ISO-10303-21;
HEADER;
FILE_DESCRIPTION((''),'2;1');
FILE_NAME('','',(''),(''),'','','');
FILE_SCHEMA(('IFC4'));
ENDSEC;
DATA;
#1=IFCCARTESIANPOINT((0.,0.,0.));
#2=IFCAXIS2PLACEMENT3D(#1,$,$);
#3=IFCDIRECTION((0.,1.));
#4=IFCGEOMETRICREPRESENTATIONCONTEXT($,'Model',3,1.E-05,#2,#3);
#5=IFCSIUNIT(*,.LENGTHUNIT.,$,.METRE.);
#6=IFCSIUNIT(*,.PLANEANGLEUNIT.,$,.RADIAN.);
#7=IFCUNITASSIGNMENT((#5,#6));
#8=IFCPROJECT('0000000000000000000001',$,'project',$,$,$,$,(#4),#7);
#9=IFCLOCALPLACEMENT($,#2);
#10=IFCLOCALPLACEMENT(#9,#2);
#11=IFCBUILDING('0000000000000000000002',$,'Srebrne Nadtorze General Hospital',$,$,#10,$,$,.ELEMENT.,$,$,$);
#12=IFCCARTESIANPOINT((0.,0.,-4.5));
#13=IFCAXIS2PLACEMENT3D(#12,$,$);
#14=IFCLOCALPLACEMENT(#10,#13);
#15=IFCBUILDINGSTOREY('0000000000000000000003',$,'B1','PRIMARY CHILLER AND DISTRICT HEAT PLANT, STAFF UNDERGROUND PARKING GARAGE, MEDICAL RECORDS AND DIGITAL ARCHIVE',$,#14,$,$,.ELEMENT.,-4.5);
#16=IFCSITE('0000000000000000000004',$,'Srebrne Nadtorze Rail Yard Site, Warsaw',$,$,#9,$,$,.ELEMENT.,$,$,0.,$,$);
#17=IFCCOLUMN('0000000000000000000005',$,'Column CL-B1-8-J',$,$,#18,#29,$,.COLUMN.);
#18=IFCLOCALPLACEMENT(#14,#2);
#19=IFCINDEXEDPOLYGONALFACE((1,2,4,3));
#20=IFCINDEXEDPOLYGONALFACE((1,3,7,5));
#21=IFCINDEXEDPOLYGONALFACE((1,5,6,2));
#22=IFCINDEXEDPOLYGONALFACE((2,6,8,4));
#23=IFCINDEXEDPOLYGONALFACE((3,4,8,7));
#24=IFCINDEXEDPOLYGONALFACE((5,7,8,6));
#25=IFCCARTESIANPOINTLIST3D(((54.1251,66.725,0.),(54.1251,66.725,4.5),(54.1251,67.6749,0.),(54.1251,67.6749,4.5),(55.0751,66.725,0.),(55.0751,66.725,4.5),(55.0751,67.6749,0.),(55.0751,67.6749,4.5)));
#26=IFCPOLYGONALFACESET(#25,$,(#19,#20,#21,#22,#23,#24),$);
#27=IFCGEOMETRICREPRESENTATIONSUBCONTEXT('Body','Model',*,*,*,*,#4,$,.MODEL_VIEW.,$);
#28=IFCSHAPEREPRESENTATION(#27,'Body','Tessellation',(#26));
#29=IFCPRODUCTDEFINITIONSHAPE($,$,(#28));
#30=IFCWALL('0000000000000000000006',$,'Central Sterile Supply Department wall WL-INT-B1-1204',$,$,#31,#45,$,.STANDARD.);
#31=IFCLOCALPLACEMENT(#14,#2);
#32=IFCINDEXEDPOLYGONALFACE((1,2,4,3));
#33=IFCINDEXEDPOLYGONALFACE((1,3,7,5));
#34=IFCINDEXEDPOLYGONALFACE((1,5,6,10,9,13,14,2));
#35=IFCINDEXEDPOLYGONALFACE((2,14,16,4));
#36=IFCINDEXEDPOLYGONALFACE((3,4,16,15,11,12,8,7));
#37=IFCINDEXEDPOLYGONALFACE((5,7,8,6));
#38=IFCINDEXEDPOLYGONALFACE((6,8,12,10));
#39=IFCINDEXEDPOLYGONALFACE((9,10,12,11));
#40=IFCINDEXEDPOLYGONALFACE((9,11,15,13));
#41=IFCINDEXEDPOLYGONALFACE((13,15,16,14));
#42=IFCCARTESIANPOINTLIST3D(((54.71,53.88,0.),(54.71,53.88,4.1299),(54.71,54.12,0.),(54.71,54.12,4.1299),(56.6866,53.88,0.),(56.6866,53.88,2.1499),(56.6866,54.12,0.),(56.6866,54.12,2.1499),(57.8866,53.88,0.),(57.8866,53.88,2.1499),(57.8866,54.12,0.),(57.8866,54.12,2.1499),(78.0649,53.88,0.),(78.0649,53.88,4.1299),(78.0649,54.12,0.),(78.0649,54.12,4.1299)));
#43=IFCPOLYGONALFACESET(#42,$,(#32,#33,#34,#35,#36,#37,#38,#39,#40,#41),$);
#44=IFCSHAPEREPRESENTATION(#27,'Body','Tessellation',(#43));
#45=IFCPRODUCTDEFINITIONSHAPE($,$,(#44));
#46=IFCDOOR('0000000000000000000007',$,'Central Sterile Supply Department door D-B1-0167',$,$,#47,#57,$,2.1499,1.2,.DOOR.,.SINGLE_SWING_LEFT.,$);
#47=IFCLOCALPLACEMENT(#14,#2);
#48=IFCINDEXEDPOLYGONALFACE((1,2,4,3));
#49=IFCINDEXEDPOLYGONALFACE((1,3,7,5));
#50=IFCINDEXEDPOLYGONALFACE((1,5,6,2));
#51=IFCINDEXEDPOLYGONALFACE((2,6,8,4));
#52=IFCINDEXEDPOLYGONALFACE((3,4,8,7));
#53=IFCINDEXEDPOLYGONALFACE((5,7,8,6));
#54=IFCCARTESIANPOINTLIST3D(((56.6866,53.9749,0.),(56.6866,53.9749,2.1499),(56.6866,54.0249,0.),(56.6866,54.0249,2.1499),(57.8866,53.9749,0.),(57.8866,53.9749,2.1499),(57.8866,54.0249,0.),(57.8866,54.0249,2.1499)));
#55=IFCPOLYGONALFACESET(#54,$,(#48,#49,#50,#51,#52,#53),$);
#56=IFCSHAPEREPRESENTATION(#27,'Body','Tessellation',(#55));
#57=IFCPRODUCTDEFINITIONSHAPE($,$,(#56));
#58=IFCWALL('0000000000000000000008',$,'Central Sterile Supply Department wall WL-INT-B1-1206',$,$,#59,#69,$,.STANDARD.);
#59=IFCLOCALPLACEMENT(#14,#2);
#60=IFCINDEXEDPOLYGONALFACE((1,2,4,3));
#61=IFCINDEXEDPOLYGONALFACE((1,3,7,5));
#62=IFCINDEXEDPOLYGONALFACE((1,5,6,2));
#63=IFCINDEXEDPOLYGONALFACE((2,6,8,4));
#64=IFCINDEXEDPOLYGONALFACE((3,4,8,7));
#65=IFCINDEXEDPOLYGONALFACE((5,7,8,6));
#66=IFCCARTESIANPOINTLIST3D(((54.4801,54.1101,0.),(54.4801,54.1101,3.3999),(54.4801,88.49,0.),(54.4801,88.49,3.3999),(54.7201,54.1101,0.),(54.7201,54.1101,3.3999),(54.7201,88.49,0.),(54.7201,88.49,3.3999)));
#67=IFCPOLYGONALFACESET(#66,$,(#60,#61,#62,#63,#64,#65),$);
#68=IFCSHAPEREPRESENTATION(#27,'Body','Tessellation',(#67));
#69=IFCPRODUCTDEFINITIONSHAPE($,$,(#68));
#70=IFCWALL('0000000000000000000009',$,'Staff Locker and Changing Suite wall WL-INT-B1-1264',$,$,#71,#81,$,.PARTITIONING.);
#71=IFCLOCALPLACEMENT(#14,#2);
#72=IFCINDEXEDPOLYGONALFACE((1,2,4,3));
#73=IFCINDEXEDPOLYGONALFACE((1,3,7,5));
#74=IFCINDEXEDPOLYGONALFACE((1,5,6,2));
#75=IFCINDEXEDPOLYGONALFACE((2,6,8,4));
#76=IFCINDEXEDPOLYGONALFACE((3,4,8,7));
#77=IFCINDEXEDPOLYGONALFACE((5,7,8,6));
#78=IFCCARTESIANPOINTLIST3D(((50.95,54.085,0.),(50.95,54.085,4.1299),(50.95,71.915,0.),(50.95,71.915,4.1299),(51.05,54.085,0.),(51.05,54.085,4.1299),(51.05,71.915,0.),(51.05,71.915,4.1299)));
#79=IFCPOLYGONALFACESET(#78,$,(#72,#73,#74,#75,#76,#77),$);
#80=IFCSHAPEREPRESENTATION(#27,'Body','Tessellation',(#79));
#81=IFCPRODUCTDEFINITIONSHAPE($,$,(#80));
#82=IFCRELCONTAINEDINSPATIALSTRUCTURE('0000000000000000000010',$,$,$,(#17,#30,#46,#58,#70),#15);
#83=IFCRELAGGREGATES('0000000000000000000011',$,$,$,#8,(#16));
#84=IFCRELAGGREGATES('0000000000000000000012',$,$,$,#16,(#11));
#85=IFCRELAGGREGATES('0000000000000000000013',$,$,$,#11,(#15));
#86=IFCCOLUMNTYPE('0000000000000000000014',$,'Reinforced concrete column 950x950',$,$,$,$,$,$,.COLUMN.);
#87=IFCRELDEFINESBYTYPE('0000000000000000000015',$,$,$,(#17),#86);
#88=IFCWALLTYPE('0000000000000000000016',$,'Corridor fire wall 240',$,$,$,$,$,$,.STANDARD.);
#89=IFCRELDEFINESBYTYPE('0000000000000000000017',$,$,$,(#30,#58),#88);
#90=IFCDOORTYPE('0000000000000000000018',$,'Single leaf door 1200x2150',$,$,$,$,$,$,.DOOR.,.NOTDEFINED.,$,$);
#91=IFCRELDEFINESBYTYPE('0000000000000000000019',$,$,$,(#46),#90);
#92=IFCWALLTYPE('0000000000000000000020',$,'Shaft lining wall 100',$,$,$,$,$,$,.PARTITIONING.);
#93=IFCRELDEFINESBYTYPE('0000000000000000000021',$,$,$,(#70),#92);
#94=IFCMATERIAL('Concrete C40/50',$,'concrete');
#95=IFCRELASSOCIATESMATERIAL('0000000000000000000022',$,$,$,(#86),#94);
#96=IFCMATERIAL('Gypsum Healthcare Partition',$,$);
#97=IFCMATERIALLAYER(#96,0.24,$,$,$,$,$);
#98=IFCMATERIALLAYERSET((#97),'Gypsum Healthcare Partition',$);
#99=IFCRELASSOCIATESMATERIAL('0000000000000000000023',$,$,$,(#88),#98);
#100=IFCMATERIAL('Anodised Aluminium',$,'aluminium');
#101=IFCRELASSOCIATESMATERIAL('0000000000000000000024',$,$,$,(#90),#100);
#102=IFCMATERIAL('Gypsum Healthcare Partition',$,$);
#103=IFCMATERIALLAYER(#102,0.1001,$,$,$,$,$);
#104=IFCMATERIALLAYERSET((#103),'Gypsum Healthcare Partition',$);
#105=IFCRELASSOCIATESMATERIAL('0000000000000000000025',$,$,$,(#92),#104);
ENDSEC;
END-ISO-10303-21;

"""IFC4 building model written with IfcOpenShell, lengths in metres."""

from ifc_helpers import new_model, si_unit, direction, frame, frame_2d, origin, origin_2d, place, context, subcontext, project, spatial, rectangle, extrude, material, layer, layer_set, material_profile, profile_set, type_object, element, fill, save


model = new_model("IFC4")

# Units and contexts
model_context = context("Model", 3, precision=1e-05, world=origin(), true_north=direction((0.0, 1.0)))
body_context = subcontext(model_context, "Body", "Model", "MODEL_VIEW")
ifc_project = project(units=[si_unit("LENGTHUNIT", "METRE"), si_unit("PLANEANGLEUNIT", "RADIAN")], contexts=[model_context])

# Site, building, storey
site_placement = place(None, origin())
site = spatial("IfcSite", under=ifc_project, at=site_placement, Name="Srebrne Nadtorze Rail Yard Site, Warsaw", CompositionType="ELEMENT", RefElevation=0.0)
building_placement = place(site_placement, origin())
building = spatial("IfcBuilding", under=site, at=building_placement, Name="Srebrne Nadtorze General Hospital", CompositionType="ELEMENT")
storey_placement = place(building_placement, frame((0.0, 0.0, -4.5)))
storey = spatial("IfcBuildingStorey", under=building, at=storey_placement, Name="B1", Description="PRIMARY CHILLER AND DISTRICT HEAT PLANT, STAFF UNDERGROUND PARKING GARAGE, MEDICAL RECORDS AND DIGITAL ARCHIVE", CompositionType="ELEMENT", Elevation=-4.5)

# Column
ifc_material_1 = material(Name="Concrete C40/50", Category="concrete")
ifc_material_profile_1 = material_profile(ifc_material_1, rectangle(XDim=0.95, YDim=0.95, at=origin_2d()), Name="RC-COL-950x950")
ifc_profile_set_1 = profile_set([ifc_material_profile_1], Name="Concrete C40/50")
column_type = type_object("IfcColumnType", Name="Reinforced concrete column 950x950", PredefinedType="COLUMN", material=ifc_profile_set_1)
for number, where, z_axis, x_axis, name in (
    (1, (54.6001, 67.2, 0.0), (0.0, 0.0, 1.0), (1.0, 0.0, 0.0), "Column CL-B1-8-J"),
):
    element("IfcColumn", number, at=place(storey_placement, frame(where, z_axis=z_axis, x_axis=x_axis)), inside=storey, type_object=column_type, Name=name, PredefinedType="COLUMN", context=body_context, shape_type="SweptSolid", body=[
        extrude(rectangle(XDim=0.95, YDim=0.95, at=origin_2d()), origin(), (0.0, 0.0, 1.0), 4.5),
    ])

# Wall, opening, door
ifc_material_2 = material(Name="Gypsum Healthcare Partition")
ifc_layer_1 = layer(ifc_material_2, 0.24)
ifc_layer_set_1 = layer_set([ifc_layer_1], Name="Gypsum Healthcare Partition")
wall_type_1 = type_object("IfcWallType", Name="Corridor fire wall 240", PredefinedType="STANDARD", material=ifc_layer_set_1)
wall_1_placement = place(storey_placement, frame((54.71, 54.0, 0.0), z_axis=(0.0, 0.0, 1.0), x_axis=(1.0, 0.0, 0.0)))
wall_1 = element("IfcWall", 2, at=wall_1_placement, inside=storey, type_object=wall_type_1, Name="Central Sterile Supply Department wall WL-INT-B1-1204", PredefinedType="STANDARD", context=body_context, shape_type="SweptSolid", body=[
    extrude(rectangle(XDim=23.355, YDim=0.24, at=frame_2d((11.6775, 0.0))), origin(), (0.0, 0.0, 1.0), 4.1299),
])
opening_placement = place(wall_1_placement, frame((1.9766, 0.0, 0.0)))
opening = element("IfcOpeningElement", 3, at=opening_placement, cuts=wall_1, PredefinedType="OPENING", context=body_context, shape_type="SweptSolid", body=[
    extrude(rectangle(XDim=1.2, YDim=2.1499, at=frame_2d((0.6001, 1.075))), frame((0.0, 0.1318, 0.0), z_axis=(0.0, -1.0, 0.0), x_axis=(1.0, 0.0, 0.0)), (0.0, 0.0, 1.0), 0.2639),
])
ifc_material_3 = material(Name="Anodised Aluminium", Category="aluminium")
door_type = type_object("IfcDoorType", Name="Single leaf door 1200x2150", OperationType="NOTDEFINED", PredefinedType="DOOR", material=ifc_material_3)
door_placement = place(opening_placement, origin())
door = element("IfcDoor", 4, at=door_placement, inside=storey, type_object=door_type, Name="Central Sterile Supply Department door D-B1-0167", OperationType="SINGLE_SWING_LEFT", OverallHeight=2.1499, OverallWidth=1.2, PredefinedType="DOOR", context=body_context, shape_type="SweptSolid", body=[
    extrude(rectangle(XDim=1.2, YDim=2.1499, at=frame_2d((0.6001, 1.075))), frame((0.0, 0.0249, 0.0), z_axis=(0.0, -1.0, 0.0), x_axis=(1.0, 0.0, 0.0)), (0.0, 0.0, 1.0), 0.05),
])
fill(opening, door)

# Walls
wall_2_placement = place(storey_placement, frame((54.6001, 54.1101, 0.0), z_axis=(0.0, 0.0, 1.0), x_axis=(0.0, 1.0, 0.0)))
element("IfcWall", 5, at=wall_2_placement, inside=storey, type_object=wall_type_1, Name="Central Sterile Supply Department wall WL-INT-B1-1206", PredefinedType="STANDARD", context=body_context, shape_type="SweptSolid", body=[
    extrude(rectangle(XDim=34.3799, YDim=0.24, at=frame_2d((17.1899, 0.0))), origin(), (0.0, 0.0, 1.0), 3.3999),
])
ifc_material_4 = material(Name="Gypsum Healthcare Partition")
ifc_layer_2 = layer(ifc_material_4, 0.1001)
ifc_layer_set_2 = layer_set([ifc_layer_2], Name="Gypsum Healthcare Partition")
wall_type_2 = type_object("IfcWallType", Name="Shaft lining wall 100", PredefinedType="PARTITIONING", material=ifc_layer_set_2)
wall_3_placement = place(storey_placement, frame((51.0, 54.085, 0.0), z_axis=(0.0, 0.0, 1.0), x_axis=(0.0, 1.0, 0.0)))
element("IfcWall", 6, at=wall_3_placement, inside=storey, type_object=wall_type_2, Name="Staff Locker and Changing Suite wall WL-INT-B1-1264", PredefinedType="PARTITIONING", context=body_context, shape_type="SweptSolid", body=[
    extrude(rectangle(XDim=17.8301, YDim=0.1001, at=frame_2d((8.915, 0.0))), origin(), (0.0, 0.0, 1.0), 4.1299),
])

save(model, "model.ifc")
